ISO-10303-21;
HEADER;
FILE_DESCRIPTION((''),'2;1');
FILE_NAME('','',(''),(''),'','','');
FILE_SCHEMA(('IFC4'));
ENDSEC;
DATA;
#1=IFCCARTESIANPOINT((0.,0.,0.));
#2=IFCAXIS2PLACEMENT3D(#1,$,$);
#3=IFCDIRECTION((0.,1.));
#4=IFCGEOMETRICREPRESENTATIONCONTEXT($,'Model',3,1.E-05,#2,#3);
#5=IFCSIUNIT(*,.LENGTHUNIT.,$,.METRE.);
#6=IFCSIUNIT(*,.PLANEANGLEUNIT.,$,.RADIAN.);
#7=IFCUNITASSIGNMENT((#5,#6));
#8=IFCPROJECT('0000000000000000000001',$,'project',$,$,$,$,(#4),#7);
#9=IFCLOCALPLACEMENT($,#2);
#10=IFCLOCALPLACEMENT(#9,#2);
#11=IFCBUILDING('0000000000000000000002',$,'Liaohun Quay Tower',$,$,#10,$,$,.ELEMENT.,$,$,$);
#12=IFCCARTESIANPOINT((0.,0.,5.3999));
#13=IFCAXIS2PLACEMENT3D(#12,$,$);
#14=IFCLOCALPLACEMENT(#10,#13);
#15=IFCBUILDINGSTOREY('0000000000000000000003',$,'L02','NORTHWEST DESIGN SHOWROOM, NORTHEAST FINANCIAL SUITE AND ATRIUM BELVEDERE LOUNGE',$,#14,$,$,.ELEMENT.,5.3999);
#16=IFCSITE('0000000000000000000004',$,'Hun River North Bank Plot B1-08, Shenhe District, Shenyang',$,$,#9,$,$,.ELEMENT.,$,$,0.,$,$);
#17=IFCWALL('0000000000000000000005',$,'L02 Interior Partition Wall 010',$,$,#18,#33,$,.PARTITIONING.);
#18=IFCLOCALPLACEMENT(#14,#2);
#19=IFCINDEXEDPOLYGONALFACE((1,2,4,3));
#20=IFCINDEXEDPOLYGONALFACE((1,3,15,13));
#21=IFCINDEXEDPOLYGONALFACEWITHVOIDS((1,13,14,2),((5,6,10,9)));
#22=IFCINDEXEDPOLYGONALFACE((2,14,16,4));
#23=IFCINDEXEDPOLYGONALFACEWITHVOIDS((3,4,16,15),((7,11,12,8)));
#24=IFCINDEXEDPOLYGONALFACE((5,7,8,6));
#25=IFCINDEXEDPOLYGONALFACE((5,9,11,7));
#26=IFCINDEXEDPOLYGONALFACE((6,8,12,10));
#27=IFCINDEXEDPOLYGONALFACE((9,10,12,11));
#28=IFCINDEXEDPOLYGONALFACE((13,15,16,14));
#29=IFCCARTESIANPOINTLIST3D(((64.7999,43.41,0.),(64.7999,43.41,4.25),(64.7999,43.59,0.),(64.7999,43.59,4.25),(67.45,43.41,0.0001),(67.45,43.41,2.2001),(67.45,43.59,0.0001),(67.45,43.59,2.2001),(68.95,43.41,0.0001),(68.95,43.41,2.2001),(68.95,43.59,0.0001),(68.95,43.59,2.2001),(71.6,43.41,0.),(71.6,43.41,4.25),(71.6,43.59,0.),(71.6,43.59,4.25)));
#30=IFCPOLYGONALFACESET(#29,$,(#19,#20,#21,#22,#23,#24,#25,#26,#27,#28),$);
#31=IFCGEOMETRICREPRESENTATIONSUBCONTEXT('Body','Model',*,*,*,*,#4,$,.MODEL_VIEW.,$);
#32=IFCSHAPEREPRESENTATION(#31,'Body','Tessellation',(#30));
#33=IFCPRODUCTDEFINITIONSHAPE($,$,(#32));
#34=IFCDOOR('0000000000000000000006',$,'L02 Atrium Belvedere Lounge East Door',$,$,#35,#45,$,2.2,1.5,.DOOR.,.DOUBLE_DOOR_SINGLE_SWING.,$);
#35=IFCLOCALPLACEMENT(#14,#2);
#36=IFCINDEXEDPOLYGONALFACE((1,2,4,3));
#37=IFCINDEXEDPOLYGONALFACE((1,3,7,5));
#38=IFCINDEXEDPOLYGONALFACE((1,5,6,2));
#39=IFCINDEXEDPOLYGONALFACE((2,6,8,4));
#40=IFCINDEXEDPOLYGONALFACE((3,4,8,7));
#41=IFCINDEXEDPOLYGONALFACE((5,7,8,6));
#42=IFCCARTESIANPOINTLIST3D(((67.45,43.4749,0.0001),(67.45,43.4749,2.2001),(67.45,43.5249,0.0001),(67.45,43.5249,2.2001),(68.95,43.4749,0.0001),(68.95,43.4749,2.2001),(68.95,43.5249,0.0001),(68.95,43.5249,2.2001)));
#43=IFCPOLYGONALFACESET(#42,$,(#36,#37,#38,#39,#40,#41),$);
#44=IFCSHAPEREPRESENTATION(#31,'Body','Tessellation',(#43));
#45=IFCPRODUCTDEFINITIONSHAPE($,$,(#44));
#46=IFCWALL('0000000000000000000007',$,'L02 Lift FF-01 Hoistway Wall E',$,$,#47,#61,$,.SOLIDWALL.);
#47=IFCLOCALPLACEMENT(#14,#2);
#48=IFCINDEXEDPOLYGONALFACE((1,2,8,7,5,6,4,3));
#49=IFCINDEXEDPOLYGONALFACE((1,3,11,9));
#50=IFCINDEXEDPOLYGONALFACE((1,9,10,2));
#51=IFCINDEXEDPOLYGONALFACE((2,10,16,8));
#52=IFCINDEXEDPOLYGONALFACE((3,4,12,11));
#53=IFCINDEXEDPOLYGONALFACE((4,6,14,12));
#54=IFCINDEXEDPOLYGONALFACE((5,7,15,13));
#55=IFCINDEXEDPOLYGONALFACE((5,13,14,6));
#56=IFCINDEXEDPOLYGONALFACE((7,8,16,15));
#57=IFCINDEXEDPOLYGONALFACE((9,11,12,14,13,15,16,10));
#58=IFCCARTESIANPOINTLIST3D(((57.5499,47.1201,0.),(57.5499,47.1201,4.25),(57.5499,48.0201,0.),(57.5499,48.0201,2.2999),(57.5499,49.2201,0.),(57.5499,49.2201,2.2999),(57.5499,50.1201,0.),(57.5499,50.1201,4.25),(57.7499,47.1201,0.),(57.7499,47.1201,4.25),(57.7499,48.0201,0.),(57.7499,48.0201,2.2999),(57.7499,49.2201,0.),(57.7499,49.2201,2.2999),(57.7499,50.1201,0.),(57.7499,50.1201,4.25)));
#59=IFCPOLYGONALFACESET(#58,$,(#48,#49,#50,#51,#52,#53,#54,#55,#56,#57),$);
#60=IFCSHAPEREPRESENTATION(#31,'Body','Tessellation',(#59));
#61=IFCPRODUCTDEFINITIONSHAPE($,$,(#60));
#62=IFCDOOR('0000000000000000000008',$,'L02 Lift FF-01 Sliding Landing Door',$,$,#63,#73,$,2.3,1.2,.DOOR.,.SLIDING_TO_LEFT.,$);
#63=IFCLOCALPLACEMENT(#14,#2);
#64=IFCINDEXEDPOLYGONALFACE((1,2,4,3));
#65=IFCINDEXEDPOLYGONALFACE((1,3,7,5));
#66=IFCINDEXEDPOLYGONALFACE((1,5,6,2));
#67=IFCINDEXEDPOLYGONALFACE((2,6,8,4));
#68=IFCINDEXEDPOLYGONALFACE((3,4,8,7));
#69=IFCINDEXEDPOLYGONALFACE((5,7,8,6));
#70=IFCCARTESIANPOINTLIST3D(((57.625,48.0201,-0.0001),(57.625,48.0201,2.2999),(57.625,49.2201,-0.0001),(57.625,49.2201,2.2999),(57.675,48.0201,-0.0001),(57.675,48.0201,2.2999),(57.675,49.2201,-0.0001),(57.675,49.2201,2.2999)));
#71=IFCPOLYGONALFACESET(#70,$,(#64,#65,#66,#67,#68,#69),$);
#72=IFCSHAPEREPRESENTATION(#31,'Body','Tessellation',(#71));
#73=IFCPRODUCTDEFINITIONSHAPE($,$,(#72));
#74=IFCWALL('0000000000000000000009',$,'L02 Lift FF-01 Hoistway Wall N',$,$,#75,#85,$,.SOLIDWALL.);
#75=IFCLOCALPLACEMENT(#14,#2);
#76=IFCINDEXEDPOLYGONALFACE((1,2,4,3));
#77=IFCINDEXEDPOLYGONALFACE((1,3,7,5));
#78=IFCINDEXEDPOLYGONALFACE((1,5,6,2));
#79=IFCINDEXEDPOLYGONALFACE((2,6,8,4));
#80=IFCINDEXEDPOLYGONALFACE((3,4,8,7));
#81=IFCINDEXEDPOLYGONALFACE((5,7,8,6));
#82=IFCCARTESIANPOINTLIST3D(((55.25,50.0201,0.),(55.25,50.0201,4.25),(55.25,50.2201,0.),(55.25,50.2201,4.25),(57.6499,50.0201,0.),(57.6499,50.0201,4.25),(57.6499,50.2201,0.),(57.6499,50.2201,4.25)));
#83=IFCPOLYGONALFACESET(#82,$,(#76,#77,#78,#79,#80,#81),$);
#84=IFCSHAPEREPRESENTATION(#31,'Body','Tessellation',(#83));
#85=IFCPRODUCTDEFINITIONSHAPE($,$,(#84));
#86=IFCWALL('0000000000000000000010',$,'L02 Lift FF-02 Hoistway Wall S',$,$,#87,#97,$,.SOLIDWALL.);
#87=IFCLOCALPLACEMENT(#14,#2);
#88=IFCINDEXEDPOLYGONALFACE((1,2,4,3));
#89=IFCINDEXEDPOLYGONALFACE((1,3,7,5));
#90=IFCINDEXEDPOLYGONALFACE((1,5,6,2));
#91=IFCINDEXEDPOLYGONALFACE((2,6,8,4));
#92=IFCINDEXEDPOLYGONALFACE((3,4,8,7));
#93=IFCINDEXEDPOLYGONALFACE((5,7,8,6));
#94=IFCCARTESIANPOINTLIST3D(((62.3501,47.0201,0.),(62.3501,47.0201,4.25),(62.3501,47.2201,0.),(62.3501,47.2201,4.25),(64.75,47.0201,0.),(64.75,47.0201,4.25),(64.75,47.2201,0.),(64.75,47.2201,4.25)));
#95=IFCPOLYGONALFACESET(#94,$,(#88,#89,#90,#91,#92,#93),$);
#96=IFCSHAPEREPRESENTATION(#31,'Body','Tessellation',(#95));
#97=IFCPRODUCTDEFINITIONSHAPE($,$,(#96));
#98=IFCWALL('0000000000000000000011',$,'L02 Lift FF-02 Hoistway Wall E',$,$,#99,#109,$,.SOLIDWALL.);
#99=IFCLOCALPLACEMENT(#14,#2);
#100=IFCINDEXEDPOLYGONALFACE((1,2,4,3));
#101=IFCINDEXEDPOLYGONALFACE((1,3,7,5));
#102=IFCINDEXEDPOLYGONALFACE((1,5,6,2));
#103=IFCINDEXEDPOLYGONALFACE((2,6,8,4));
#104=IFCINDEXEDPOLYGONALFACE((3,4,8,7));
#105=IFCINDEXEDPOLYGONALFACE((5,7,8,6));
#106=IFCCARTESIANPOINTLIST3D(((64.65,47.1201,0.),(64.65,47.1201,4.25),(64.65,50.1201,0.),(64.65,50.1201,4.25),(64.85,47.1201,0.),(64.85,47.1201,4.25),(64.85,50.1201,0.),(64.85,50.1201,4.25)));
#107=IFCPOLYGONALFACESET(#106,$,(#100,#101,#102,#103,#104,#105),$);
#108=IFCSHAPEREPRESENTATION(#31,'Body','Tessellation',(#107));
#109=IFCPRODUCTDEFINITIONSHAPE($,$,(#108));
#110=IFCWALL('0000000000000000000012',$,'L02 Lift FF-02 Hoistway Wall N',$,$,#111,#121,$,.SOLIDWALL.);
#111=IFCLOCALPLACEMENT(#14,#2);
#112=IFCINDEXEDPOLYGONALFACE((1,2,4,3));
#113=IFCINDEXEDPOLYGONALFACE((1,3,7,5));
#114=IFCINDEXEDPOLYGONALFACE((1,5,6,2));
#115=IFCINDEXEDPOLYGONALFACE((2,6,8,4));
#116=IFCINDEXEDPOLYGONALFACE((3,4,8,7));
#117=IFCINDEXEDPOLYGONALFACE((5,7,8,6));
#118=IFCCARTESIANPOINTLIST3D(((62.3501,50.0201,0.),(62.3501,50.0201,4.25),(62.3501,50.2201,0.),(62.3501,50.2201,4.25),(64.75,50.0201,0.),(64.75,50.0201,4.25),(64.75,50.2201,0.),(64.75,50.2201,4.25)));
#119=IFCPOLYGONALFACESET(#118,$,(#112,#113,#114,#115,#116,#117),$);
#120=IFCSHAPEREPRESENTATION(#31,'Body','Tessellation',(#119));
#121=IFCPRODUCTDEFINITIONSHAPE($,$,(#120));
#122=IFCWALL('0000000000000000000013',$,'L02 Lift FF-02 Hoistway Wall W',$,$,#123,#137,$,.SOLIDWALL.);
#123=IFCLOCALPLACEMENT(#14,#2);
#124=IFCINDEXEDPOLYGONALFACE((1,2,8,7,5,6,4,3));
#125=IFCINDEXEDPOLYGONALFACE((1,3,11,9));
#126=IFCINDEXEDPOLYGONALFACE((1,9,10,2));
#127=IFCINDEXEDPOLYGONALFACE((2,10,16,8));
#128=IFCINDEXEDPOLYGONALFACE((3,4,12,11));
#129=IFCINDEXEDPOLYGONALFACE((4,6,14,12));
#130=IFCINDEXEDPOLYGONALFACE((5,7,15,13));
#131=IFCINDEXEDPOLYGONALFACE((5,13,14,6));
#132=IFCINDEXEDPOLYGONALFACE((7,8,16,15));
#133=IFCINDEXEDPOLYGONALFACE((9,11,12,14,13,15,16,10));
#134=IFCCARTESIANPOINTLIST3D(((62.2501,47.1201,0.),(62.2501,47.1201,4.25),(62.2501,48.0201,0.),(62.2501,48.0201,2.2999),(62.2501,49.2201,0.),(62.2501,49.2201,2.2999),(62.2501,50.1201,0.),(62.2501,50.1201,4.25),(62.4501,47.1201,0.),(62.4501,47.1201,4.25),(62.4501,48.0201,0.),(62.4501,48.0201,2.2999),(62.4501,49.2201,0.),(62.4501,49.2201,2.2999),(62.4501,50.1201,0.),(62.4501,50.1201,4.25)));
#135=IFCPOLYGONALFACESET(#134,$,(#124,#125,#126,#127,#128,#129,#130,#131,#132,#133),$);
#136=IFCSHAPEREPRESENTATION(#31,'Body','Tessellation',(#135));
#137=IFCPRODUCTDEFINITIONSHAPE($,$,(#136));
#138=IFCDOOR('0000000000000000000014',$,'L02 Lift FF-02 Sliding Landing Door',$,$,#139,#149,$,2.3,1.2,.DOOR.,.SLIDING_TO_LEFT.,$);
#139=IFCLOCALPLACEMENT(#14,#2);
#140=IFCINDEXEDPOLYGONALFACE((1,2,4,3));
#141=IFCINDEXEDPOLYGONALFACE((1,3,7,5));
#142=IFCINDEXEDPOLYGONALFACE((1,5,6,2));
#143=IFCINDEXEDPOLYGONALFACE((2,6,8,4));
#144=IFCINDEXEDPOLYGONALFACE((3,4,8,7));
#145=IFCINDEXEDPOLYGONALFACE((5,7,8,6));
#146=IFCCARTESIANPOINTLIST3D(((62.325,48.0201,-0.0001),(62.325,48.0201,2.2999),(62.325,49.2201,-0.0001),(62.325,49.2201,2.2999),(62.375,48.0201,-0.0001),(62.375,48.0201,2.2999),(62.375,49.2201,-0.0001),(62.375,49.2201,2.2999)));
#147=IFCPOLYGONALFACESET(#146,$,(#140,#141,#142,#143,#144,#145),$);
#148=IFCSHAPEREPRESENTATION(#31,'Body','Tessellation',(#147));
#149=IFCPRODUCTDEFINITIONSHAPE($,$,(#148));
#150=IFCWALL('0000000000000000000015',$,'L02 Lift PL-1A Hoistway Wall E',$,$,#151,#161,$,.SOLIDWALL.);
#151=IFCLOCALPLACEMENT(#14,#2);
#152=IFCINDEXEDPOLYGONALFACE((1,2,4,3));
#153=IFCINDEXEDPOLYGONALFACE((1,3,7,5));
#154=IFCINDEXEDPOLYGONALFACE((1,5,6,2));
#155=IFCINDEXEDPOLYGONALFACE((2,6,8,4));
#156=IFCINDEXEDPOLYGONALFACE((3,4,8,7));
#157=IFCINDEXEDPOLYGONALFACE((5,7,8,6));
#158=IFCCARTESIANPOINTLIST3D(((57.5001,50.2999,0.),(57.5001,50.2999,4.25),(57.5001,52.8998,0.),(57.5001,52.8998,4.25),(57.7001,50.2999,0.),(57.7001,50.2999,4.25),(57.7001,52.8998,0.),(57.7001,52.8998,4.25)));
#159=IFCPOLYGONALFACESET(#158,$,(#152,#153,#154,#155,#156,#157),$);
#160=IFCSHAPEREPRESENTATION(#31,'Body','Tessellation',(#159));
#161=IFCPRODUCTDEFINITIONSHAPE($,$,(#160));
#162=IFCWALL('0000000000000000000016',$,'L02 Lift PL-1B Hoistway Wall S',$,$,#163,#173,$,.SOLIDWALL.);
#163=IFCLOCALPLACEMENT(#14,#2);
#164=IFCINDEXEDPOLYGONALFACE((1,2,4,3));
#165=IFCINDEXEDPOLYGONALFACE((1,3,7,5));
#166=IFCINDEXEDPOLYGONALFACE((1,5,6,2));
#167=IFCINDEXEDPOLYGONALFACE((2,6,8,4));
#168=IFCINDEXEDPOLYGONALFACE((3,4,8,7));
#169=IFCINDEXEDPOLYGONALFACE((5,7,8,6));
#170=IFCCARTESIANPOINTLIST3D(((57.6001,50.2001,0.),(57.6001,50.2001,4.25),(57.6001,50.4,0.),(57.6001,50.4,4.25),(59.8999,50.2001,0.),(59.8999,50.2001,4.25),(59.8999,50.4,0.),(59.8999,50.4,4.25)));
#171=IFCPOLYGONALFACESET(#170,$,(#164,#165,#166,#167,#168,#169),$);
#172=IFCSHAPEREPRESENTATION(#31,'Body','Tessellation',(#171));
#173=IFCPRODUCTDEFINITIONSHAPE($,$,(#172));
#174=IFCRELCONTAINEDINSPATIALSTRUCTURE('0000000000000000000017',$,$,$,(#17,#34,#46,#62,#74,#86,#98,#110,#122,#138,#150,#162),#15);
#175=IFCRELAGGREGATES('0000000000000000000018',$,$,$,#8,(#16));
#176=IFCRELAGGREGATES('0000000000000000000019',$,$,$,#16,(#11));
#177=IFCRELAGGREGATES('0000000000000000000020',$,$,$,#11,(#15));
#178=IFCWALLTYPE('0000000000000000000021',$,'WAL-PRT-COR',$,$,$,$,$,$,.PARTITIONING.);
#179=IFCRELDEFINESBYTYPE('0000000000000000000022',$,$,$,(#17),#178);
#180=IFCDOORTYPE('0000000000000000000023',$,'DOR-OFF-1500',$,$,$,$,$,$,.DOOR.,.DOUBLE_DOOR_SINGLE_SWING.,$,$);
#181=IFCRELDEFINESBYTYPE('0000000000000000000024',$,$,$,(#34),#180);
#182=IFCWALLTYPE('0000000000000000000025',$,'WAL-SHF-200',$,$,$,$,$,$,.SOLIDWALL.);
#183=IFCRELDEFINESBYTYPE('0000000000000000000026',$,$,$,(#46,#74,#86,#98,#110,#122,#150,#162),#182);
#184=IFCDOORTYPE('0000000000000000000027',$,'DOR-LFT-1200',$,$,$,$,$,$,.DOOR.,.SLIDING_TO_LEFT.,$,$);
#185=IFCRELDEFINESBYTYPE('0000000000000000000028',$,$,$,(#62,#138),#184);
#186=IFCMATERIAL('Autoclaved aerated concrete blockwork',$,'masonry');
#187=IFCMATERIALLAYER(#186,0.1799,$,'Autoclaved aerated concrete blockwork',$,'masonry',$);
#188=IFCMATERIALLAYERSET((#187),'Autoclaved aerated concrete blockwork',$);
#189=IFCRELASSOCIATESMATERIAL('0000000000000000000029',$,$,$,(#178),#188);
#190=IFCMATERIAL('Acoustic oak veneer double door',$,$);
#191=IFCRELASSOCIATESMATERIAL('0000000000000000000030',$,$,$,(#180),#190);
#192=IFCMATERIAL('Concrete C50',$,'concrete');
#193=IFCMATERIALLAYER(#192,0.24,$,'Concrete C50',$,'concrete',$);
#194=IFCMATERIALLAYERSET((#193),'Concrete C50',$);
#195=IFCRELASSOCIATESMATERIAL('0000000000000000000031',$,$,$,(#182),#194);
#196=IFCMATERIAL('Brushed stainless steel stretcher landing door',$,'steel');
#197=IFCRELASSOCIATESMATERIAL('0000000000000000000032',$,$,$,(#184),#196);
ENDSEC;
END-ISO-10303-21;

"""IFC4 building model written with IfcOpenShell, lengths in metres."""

from ifc_helpers import new_model, si_unit, direction, frame, frame_2d, origin, place, context, subcontext, project, spatial, rectangle, extrude, source, transform, mapped, material, layer, layer_set, type_object, element, fill, save


model = new_model("IFC4")

# Units and contexts
model_context = context("Model", 3, precision=1e-05, world=origin(), true_north=direction((0.0, 1.0)))
body_context = subcontext(model_context, "Body", "Model", "MODEL_VIEW")
ifc_project = project(units=[si_unit("LENGTHUNIT", "METRE"), si_unit("PLANEANGLEUNIT", "RADIAN")], contexts=[model_context])

# Site, building, storey
site_placement = place(None, origin())
site = spatial("IfcSite", under=ifc_project, at=site_placement, Name="Hun River North Bank Plot B1-08, Shenhe District, Shenyang", CompositionType="ELEMENT", RefElevation=0.0)
building_placement = place(site_placement, origin())
building = spatial("IfcBuilding", under=site, at=building_placement, Name="Liaohun Quay Tower", CompositionType="ELEMENT")
storey_placement = place(building_placement, frame((0.0, 0.0, 5.3999)))
storey = spatial("IfcBuildingStorey", under=building, at=storey_placement, Name="L02", Description="NORTHWEST DESIGN SHOWROOM, NORTHEAST FINANCIAL SUITE AND ATRIUM BELVEDERE LOUNGE", CompositionType="ELEMENT", Elevation=5.3999)

# Walls, openings, doors
ifc_material_1 = material(Name="Autoclaved aerated concrete blockwork", Category="masonry")
ifc_layer_1 = layer(ifc_material_1, 0.1799, Name="Autoclaved aerated concrete blockwork", Category="masonry")
ifc_layer_set_1 = layer_set([ifc_layer_1], Name="Autoclaved aerated concrete blockwork")
wall_type_1 = type_object("IfcWallType", Name="WAL-PRT-COR", PredefinedType="PARTITIONING", material=ifc_layer_set_1)
wall_1_placement = place(storey_placement, frame((64.8, 43.5, 0.0), z_axis=(0.0, 0.0, 1.0), x_axis=(1.0, 0.0, 0.0)))
wall_1 = element("IfcWall", 1, at=wall_1_placement, inside=storey, type_object=wall_type_1, Name="L02 Interior Partition Wall 010", PredefinedType="PARTITIONING", context=body_context, shape_type="SweptSolid", body=[
    extrude(rectangle(XDim=6.8, YDim=0.1799, at=frame_2d((3.3999, 0.0))), origin(), (0.0, 0.0, 1.0), 4.25),
])
shared_shape_1 = source(origin(), body_context, "Body", "SweptSolid", [
    extrude(rectangle(XDim=1.5, YDim=2.2, at=frame_2d((0.75, 1.1001))), frame((0.0, 0.0999, 0.0), z_axis=(0.0, -1.0, 0.0), x_axis=(1.0, 0.0, 0.0)), (0.0, 0.0, 1.0), 0.2),
])
opening_1_placement = place(wall_1_placement, frame((2.6499, 0.0, 0.0)))
opening_1 = element("IfcOpeningElement", 2, at=opening_1_placement, cuts=wall_1, PredefinedType="OPENING", context=body_context, shape_type="MappedRepresentation", body=[
    mapped(shared_shape_1, transform((0.0, 0.0, 0.0), x_axis=(1.0, 0.0, 0.0), y_axis=(0.0, 1.0, 0.0), z_axis=(0.0, 0.0, 1.0), scale=1.0)),
])
ifc_material_2 = material(Name="Acoustic oak veneer double door")
door_type_1 = type_object("IfcDoorType", Name="DOR-OFF-1500", OperationType="DOUBLE_DOOR_SINGLE_SWING", PredefinedType="DOOR", material=ifc_material_2)
shared_shape_2 = source(origin(), body_context, "Body", "SweptSolid", [
    extrude(rectangle(XDim=1.5, YDim=2.2, at=frame_2d((0.75, 1.1001))), frame((0.0, 0.0249, 0.0), z_axis=(0.0, -1.0, 0.0), x_axis=(1.0, 0.0, 0.0)), (0.0, 0.0, 1.0), 0.05),
])
door_1_placement = place(opening_1_placement, origin())
door_1 = element("IfcDoor", 3, at=door_1_placement, inside=storey, type_object=door_type_1, Name="L02 Atrium Belvedere Lounge East Door", OperationType="DOUBLE_DOOR_SINGLE_SWING", OverallHeight=2.2, OverallWidth=1.5, PredefinedType="DOOR", context=body_context, shape_type="MappedRepresentation", body=[
    mapped(shared_shape_2, transform((0.0, 0.0, 0.0), x_axis=(1.0, 0.0, 0.0), y_axis=(0.0, 1.0, 0.0), z_axis=(0.0, 0.0, 1.0), scale=1.0)),
])
fill(opening_1, door_1)
ifc_material_3 = material(Name="Concrete C50", Category="concrete")
ifc_layer_2 = layer(ifc_material_3, 0.24, Name="Concrete C50", Category="concrete")
ifc_layer_set_2 = layer_set([ifc_layer_2], Name="Concrete C50")
wall_type_2 = type_object("IfcWallType", Name="WAL-SHF-200", PredefinedType="SOLIDWALL", material=ifc_layer_set_2)
wall_2_placement = place(storey_placement, frame((57.6499, 47.1201, 0.0), z_axis=(0.0, 0.0, 1.0), x_axis=(0.0, 1.0, 0.0)))
wall_2 = element("IfcWall", 4, at=wall_2_placement, inside=storey, type_object=wall_type_2, Name="L02 Lift FF-01 Hoistway Wall E", PredefinedType="SOLIDWALL", context=body_context, shape_type="SweptSolid", body=[
    extrude(rectangle(XDim=3.0, YDim=0.2, at=frame_2d((1.5, 0.0))), origin(), (0.0, 0.0, 1.0), 4.25),
])
shared_shape_3 = source(origin(), body_context, "Body", "SweptSolid", [
    extrude(rectangle(XDim=1.2, YDim=2.3, at=frame_2d((0.6001, 1.1499))), frame((0.0, 0.1099, 0.0), z_axis=(0.0, -1.0, 0.0), x_axis=(1.0, 0.0, 0.0)), (0.0, 0.0, 1.0), 0.22),
])
opening_2_placement = place(wall_2_placement, frame((0.8999, 0.0, 0.0)))
opening_2 = element("IfcOpeningElement", 5, at=opening_2_placement, cuts=wall_2, PredefinedType="OPENING", context=body_context, shape_type="MappedRepresentation", body=[
    mapped(shared_shape_3, transform((0.0, 0.0, 0.0), x_axis=(1.0, 0.0, 0.0), y_axis=(0.0, 1.0, 0.0), z_axis=(0.0, 0.0, 1.0), scale=1.0)),
])
ifc_material_4 = material(Name="Brushed stainless steel stretcher landing door", Category="steel")
door_type_2 = type_object("IfcDoorType", Name="DOR-LFT-1200", OperationType="SLIDING_TO_LEFT", PredefinedType="DOOR", material=ifc_material_4)
shared_shape_4 = source(origin(), body_context, "Body", "SweptSolid", [
    extrude(rectangle(XDim=1.2, YDim=2.3, at=frame_2d((0.6001, 1.1499))), frame((0.0, 0.0249, 0.0), z_axis=(0.0, -1.0, 0.0), x_axis=(1.0, 0.0, 0.0)), (0.0, 0.0, 1.0), 0.05),
])
door_2_placement = place(opening_2_placement, origin())
door_2 = element("IfcDoor", 6, at=door_2_placement, inside=storey, type_object=door_type_2, Name="L02 Lift FF-01 Sliding Landing Door", OperationType="SLIDING_TO_LEFT", OverallHeight=2.3, OverallWidth=1.2, PredefinedType="DOOR", context=body_context, shape_type="MappedRepresentation", body=[
    mapped(shared_shape_4, transform((0.0, 0.0, 0.0), x_axis=(1.0, 0.0, 0.0), y_axis=(0.0, 1.0, 0.0), z_axis=(0.0, 0.0, 1.0), scale=1.0)),
])
fill(opening_2, door_2)

# Walls
for number, where, z_axis, x_axis, name in (
    (7, (57.6499, 50.1201, 0.0), (0.0, 0.0, 1.0), (-1.0, 0.0, 0.0), "L02 Lift FF-01 Hoistway Wall N"),
    (8, (62.3501, 47.1201, 0.0), (0.0, 0.0, 1.0), (1.0, 0.0, 0.0), "L02 Lift FF-02 Hoistway Wall S"),
):
    element("IfcWall", number, at=place(storey_placement, frame(where, z_axis=z_axis, x_axis=x_axis)), inside=storey, type_object=wall_type_2, Name=name, PredefinedType="SOLIDWALL", context=body_context, shape_type="SweptSolid", body=[
        extrude(rectangle(XDim=2.3999, YDim=0.2, at=frame_2d((1.2, 0.0))), origin(), (0.0, 0.0, 1.0), 4.25),
    ])
wall_3_placement = place(storey_placement, frame((64.75, 47.1201, 0.0), z_axis=(0.0, 0.0, 1.0), x_axis=(0.0, 1.0, 0.0)))
element("IfcWall", 9, at=wall_3_placement, inside=storey, type_object=wall_type_2, Name="L02 Lift FF-02 Hoistway Wall E", PredefinedType="SOLIDWALL", context=body_context, shape_type="SweptSolid", body=[
    extrude(rectangle(XDim=3.0, YDim=0.2, at=frame_2d((1.5, 0.0))), origin(), (0.0, 0.0, 1.0), 4.25),
])
wall_4_placement = place(storey_placement, frame((64.75, 50.1201, 0.0), z_axis=(0.0, 0.0, 1.0), x_axis=(-1.0, 0.0, 0.0)))
element("IfcWall", 10, at=wall_4_placement, inside=storey, type_object=wall_type_2, Name="L02 Lift FF-02 Hoistway Wall N", PredefinedType="SOLIDWALL", context=body_context, shape_type="SweptSolid", body=[
    extrude(rectangle(XDim=2.3999, YDim=0.2, at=frame_2d((1.2, 0.0))), origin(), (0.0, 0.0, 1.0), 4.25),
])

# Wall, opening, door
wall_5_placement = place(storey_placement, frame((62.3501, 50.1201, 0.0), z_axis=(0.0, 0.0, 1.0), x_axis=(0.0, -1.0, 0.0)))
wall_5 = element("IfcWall", 11, at=wall_5_placement, inside=storey, type_object=wall_type_2, Name="L02 Lift FF-02 Hoistway Wall W", PredefinedType="SOLIDWALL", context=body_context, shape_type="SweptSolid", body=[
    extrude(rectangle(XDim=3.0, YDim=0.2, at=frame_2d((1.5, 0.0))), origin(), (0.0, 0.0, 1.0), 4.25),
])
opening_3_placement = place(wall_5_placement, frame((0.8999, 0.0, 0.0)))
opening_3 = element("IfcOpeningElement", 12, at=opening_3_placement, cuts=wall_5, PredefinedType="OPENING", context=body_context, shape_type="MappedRepresentation", body=[
    mapped(shared_shape_3, transform((0.0, 0.0, 0.0), x_axis=(1.0, 0.0, 0.0), y_axis=(0.0, 1.0, 0.0), z_axis=(0.0, 0.0, 1.0), scale=1.0)),
])
door_3_placement = place(opening_3_placement, origin())
door_3 = element("IfcDoor", 13, at=door_3_placement, inside=storey, type_object=door_type_2, Name="L02 Lift FF-02 Sliding Landing Door", OperationType="SLIDING_TO_LEFT", OverallHeight=2.3, OverallWidth=1.2, PredefinedType="DOOR", context=body_context, shape_type="MappedRepresentation", body=[
    mapped(shared_shape_4, transform((0.0, 0.0, 0.0), x_axis=(1.0, 0.0, 0.0), y_axis=(0.0, 1.0, 0.0), z_axis=(0.0, 0.0, 1.0), scale=1.0)),
])
fill(opening_3, door_3)

# Walls
wall_6_placement = place(storey_placement, frame((57.6001, 50.3, 0.0), z_axis=(0.0, 0.0, 1.0), x_axis=(0.0, 1.0, 0.0)))
element("IfcWall", 14, at=wall_6_placement, inside=storey, type_object=wall_type_2, Name="L02 Lift PL-1A Hoistway Wall E", PredefinedType="SOLIDWALL", context=body_context, shape_type="SweptSolid", body=[
    extrude(rectangle(XDim=2.5999, YDim=0.2, at=frame_2d((1.2998, 0.0))), origin(), (0.0, 0.0, 1.0), 4.25),
])
wall_7_placement = place(storey_placement, frame((57.6001, 50.3, 0.0), z_axis=(0.0, 0.0, 1.0), x_axis=(1.0, 0.0, 0.0)))
element("IfcWall", 15, at=wall_7_placement, inside=storey, type_object=wall_type_2, Name="L02 Lift PL-1B Hoistway Wall S", PredefinedType="SOLIDWALL", context=body_context, shape_type="SweptSolid", body=[
    extrude(rectangle(XDim=2.2998, YDim=0.2, at=frame_2d((1.1499, 0.0))), origin(), (0.0, 0.0, 1.0), 4.25),
])

save(model, "model.ifc")
